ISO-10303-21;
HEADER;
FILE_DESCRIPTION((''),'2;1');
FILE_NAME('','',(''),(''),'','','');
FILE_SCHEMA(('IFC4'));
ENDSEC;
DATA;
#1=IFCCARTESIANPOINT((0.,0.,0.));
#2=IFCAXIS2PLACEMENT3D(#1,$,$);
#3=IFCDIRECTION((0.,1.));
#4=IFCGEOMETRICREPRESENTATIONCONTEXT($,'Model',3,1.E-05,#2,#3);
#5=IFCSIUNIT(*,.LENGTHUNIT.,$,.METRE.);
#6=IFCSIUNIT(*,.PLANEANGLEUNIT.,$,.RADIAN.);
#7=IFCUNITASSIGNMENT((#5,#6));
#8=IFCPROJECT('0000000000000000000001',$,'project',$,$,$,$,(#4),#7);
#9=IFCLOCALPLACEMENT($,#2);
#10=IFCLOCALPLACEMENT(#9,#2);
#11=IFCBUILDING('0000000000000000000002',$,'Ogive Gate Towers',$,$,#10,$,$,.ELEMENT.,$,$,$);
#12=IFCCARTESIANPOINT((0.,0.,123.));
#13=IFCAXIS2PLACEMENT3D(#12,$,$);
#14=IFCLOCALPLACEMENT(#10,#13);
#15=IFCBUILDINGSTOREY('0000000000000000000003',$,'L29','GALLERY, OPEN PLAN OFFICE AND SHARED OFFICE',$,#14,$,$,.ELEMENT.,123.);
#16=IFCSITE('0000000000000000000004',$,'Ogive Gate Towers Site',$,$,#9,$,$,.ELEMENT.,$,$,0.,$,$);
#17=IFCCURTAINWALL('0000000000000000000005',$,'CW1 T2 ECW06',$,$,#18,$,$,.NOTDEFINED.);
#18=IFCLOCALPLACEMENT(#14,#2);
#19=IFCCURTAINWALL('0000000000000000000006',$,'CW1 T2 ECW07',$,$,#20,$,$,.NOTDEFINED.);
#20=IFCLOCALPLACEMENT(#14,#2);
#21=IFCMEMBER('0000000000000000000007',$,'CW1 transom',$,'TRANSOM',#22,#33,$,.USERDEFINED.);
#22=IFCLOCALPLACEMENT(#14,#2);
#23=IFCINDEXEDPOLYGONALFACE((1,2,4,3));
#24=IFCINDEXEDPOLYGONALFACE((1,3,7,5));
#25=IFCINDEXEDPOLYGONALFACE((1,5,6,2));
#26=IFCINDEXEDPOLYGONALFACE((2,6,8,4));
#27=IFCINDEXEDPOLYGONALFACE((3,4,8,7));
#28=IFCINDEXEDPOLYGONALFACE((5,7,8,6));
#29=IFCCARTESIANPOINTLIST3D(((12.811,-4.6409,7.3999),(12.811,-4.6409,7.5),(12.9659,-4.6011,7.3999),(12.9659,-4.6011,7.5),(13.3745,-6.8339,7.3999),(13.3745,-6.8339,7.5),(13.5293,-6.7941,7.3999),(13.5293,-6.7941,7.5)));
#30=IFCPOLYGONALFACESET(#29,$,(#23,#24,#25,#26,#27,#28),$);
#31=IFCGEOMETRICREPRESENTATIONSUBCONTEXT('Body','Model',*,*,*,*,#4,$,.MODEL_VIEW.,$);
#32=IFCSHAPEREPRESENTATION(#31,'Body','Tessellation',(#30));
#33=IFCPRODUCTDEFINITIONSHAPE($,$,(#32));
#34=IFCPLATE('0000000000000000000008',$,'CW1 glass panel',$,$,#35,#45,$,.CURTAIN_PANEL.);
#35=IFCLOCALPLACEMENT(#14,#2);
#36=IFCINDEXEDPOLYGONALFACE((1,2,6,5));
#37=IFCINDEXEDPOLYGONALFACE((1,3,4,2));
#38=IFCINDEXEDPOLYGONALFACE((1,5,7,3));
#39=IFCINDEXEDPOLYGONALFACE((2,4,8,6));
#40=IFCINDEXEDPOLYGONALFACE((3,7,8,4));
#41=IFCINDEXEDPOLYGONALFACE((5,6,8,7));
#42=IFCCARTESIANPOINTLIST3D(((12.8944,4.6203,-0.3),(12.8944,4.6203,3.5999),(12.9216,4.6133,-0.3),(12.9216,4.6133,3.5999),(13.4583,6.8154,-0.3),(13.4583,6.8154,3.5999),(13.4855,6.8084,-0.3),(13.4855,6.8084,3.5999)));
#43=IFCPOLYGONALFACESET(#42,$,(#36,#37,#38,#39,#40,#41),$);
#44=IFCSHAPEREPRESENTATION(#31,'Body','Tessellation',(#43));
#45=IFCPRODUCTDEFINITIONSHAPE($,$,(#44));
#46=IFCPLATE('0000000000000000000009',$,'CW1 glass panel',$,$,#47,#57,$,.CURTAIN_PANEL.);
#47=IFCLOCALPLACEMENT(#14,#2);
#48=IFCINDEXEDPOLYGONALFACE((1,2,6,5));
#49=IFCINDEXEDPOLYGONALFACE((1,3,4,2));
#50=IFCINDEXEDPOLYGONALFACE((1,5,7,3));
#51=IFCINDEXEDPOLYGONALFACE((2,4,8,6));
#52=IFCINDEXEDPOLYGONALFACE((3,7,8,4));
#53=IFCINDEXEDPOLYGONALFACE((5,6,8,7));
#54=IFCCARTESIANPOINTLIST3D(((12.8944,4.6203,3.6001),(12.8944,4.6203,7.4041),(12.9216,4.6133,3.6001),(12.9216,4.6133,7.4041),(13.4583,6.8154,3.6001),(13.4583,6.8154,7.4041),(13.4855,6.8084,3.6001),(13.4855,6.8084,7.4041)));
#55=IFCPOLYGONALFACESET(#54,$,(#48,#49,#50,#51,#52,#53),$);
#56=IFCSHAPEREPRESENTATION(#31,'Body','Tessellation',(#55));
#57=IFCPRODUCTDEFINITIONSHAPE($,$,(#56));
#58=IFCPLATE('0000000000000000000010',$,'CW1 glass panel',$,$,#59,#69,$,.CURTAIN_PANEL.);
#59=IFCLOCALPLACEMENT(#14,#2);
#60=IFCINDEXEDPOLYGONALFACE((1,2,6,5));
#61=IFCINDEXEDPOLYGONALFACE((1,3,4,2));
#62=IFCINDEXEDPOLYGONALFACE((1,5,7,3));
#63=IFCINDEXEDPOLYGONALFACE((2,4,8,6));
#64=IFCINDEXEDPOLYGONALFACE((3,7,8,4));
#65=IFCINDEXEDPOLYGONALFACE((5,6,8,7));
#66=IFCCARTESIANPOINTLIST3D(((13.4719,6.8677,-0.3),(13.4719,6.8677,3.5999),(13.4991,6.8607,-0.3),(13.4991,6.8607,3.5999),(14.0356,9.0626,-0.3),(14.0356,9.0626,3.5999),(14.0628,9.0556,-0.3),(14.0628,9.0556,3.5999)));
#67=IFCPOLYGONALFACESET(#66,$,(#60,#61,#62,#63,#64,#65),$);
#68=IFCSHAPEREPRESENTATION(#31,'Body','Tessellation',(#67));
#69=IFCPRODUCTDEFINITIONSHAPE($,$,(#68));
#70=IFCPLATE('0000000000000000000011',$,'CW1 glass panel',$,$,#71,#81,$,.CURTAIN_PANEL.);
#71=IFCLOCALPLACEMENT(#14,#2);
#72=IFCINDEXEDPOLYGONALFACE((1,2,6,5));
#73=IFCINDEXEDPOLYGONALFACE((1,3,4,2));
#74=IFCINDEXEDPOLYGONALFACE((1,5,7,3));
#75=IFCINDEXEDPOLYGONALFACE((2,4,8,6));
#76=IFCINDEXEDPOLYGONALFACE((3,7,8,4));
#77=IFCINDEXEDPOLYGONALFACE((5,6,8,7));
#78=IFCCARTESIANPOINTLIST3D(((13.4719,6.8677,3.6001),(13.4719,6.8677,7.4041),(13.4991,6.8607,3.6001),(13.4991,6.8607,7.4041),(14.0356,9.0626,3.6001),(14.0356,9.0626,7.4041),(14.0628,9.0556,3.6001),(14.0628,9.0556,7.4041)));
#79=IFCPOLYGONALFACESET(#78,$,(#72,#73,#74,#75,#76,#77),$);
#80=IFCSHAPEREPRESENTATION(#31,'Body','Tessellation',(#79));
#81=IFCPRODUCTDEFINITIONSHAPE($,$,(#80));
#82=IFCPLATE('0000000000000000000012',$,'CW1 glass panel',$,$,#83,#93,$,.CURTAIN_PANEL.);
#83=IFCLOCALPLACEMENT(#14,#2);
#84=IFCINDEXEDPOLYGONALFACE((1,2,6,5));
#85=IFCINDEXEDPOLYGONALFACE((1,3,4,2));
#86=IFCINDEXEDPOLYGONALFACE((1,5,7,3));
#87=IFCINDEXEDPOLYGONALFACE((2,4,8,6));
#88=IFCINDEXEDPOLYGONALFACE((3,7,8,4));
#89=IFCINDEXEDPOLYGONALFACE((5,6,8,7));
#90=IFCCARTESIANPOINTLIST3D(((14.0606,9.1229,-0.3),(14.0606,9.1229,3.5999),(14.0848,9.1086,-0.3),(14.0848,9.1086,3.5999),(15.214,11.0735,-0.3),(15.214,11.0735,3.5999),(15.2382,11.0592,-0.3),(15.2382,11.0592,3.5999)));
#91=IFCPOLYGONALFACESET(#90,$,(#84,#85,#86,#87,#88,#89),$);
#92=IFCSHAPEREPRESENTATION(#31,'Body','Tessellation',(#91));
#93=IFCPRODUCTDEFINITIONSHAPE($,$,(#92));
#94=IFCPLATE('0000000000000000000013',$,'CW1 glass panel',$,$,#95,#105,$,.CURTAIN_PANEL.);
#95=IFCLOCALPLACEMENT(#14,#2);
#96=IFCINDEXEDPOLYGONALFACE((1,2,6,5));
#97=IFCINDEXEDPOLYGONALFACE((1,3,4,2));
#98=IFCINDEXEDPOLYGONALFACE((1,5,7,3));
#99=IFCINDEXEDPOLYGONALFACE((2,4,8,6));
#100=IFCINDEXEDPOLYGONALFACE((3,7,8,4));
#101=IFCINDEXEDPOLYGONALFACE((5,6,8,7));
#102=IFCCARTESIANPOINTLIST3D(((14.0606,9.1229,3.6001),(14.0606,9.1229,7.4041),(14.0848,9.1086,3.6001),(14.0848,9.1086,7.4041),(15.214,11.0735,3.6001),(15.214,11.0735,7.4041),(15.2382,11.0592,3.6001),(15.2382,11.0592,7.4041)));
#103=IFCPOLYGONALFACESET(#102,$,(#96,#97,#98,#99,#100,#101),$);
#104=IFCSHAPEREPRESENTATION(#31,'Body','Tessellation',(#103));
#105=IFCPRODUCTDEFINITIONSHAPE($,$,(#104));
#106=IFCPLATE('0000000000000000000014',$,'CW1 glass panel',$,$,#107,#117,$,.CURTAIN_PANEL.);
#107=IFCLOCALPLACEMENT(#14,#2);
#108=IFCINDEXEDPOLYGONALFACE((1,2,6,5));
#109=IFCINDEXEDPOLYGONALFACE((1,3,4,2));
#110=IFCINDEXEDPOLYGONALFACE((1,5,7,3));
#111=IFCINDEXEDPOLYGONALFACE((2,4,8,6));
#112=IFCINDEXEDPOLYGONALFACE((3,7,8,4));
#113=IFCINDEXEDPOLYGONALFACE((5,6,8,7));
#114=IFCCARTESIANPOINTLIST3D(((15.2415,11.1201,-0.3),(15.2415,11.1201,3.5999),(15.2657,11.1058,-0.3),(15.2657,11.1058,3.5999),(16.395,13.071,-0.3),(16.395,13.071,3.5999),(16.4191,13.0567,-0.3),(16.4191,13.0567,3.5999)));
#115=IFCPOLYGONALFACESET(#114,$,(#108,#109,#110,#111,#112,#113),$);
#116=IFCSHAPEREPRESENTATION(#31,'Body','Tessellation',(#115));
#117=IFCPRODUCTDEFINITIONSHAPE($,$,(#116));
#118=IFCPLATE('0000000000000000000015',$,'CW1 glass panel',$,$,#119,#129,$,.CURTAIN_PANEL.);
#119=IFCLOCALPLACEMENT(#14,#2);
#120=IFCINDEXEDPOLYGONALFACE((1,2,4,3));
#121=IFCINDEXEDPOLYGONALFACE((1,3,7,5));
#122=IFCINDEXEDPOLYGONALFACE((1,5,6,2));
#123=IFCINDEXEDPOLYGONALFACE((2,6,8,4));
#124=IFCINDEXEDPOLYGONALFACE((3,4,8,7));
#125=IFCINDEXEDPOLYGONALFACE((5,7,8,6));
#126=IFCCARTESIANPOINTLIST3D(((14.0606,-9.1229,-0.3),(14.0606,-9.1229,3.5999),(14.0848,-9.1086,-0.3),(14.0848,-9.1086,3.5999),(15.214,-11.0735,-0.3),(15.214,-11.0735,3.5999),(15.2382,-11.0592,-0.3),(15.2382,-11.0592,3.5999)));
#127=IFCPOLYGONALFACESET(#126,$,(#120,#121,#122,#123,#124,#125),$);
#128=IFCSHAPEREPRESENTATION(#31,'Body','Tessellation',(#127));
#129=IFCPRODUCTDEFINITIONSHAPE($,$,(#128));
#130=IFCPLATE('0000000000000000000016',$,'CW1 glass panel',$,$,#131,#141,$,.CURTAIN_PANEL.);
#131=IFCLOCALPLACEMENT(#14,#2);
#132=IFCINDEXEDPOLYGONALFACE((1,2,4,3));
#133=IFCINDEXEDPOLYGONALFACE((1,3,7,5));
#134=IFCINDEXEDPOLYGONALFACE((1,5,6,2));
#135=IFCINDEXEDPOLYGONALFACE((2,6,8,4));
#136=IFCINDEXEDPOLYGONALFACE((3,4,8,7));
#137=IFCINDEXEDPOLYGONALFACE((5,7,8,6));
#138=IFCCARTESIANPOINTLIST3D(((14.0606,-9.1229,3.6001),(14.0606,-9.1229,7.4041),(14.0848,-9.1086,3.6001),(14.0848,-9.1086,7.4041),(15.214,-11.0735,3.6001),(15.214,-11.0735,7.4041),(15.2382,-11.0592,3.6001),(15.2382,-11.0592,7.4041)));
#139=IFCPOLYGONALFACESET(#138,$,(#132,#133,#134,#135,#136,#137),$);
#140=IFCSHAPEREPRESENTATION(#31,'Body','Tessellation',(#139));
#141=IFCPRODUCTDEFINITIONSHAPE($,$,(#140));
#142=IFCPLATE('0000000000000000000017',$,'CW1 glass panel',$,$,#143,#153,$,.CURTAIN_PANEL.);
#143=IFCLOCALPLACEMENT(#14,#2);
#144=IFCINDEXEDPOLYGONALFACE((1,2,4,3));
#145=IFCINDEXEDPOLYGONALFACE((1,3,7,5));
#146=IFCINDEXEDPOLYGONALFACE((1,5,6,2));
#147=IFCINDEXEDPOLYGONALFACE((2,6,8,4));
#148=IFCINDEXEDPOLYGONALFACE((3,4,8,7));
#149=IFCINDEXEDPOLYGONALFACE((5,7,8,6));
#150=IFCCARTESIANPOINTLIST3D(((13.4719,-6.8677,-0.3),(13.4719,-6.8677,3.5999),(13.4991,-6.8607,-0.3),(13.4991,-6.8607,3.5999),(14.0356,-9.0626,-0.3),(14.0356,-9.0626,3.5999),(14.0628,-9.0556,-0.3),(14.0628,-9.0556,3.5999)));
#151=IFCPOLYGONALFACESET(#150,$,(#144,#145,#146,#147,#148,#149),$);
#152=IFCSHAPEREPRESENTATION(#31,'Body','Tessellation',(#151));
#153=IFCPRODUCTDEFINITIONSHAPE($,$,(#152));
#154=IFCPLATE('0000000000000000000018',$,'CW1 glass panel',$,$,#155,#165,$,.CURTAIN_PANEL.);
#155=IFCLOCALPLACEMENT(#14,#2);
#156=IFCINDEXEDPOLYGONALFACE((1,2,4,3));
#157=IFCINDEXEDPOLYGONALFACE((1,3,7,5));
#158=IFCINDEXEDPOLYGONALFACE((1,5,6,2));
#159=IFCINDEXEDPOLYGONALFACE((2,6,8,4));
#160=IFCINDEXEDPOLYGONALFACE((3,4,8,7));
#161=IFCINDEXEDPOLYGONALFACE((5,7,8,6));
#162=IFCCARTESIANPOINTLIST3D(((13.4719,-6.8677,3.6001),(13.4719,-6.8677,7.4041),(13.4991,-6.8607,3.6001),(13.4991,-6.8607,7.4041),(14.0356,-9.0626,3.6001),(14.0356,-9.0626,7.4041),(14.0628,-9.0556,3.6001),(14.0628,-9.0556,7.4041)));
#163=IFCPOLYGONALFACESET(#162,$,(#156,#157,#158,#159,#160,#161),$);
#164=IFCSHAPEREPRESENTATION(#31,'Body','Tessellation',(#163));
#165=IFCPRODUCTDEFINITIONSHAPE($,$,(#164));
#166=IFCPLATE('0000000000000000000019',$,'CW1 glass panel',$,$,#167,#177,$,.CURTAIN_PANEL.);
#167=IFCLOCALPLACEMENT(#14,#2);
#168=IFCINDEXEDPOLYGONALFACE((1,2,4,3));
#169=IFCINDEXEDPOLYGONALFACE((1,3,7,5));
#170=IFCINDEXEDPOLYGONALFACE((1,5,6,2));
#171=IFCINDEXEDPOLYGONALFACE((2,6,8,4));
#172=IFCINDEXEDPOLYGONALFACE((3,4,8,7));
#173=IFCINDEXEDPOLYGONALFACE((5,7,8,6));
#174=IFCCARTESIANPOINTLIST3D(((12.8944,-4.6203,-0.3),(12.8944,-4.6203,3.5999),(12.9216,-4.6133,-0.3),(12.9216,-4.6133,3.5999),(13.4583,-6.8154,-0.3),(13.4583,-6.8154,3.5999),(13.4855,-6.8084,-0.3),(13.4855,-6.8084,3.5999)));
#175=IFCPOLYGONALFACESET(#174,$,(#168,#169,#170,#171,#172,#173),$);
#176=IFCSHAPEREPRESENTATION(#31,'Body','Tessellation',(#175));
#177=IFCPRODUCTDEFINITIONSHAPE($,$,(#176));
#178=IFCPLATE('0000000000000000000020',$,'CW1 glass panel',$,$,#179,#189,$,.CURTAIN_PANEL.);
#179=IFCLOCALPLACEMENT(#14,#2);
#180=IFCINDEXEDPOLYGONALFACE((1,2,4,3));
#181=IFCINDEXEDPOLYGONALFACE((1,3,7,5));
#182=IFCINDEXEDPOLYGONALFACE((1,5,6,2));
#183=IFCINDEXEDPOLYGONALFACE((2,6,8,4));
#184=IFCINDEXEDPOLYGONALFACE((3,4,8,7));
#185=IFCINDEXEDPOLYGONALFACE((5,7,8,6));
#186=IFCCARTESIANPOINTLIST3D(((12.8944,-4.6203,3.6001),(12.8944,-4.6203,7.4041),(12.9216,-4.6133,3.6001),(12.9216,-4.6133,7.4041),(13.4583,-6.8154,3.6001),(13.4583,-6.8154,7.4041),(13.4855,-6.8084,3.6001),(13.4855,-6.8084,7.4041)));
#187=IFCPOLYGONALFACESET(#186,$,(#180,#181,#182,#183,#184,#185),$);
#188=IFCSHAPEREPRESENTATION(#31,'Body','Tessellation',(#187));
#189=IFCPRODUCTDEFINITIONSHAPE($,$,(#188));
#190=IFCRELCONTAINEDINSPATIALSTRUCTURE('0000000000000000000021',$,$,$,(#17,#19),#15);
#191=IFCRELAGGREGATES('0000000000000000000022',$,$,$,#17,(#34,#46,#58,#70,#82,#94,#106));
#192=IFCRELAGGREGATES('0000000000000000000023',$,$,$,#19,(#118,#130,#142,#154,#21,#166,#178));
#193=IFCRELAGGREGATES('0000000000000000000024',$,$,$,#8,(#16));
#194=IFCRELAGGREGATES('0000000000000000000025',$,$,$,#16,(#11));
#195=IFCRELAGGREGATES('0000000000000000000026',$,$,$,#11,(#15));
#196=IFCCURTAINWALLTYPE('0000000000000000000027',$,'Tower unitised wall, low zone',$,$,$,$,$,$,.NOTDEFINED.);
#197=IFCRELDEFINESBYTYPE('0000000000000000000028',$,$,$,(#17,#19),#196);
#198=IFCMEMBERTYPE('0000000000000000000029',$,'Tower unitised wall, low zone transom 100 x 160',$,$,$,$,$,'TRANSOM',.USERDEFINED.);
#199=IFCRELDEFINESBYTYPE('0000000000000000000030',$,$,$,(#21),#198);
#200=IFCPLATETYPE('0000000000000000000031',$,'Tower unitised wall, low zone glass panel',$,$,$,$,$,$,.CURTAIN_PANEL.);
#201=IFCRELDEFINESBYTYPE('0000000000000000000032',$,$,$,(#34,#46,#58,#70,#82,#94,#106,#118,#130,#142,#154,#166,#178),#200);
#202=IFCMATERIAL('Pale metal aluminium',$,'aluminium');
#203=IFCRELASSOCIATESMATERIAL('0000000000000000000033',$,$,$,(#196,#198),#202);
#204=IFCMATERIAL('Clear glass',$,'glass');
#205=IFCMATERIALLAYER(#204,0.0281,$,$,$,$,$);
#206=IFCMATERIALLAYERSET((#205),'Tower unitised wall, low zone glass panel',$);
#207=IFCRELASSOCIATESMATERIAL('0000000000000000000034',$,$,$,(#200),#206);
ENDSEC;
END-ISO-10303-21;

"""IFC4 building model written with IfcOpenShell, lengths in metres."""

from ifc_helpers import new_model, si_unit, direction, frame, origin, origin_2d, place, context, subcontext, project, spatial, rectangle, extrude, material, layer, layer_set, material_profile, profile_set, type_object, element, aggregate, save


model = new_model("IFC4")

# Units and contexts
model_context = context("Model", 3, precision=1e-05, world=origin(), true_north=direction((0.0, 1.0)))
body_context = subcontext(model_context, "Body", "Model", "MODEL_VIEW")
ifc_project = project(units=[si_unit("LENGTHUNIT", "METRE"), si_unit("PLANEANGLEUNIT", "RADIAN")], contexts=[model_context])

# Site, building, storey
site_placement = place(None, origin())
site = spatial("IfcSite", under=ifc_project, at=site_placement, Name="Ogive Gate Towers Site", CompositionType="ELEMENT", RefElevation=0.0)
building_placement = place(site_placement, origin())
building = spatial("IfcBuilding", under=site, at=building_placement, Name="Ogive Gate Towers", CompositionType="ELEMENT")
storey_placement = place(building_placement, frame((0.0, 0.0, 123.0)))
storey = spatial("IfcBuildingStorey", under=building, at=storey_placement, Name="L29", Description="GALLERY, OPEN PLAN OFFICE AND SHARED OFFICE", CompositionType="ELEMENT", Elevation=123.0)

# Curtain walls
ifc_material_1 = material(Name="Pale metal aluminium", Category="aluminium")
curtain_wall_type = type_object("IfcCurtainWallType", Name="Tower unitised wall, low zone", PredefinedType="NOTDEFINED", material=ifc_material_1)
curtain_wall_1_placement = place(storey_placement, origin())
curtain_wall_1 = element("IfcCurtainWall", 1, at=curtain_wall_1_placement, inside=storey, type_object=curtain_wall_type, Name="CW1 T2 ECW06", PredefinedType="NOTDEFINED")
curtain_wall_2_placement = place(storey_placement, origin())
curtain_wall_2 = element("IfcCurtainWall", 2, at=curtain_wall_2_placement, inside=storey, type_object=curtain_wall_type, Name="CW1 T2 ECW07", PredefinedType="NOTDEFINED")

# Member
ifc_material_profile_1 = material_profile(ifc_material_1, rectangle(XDim=0.1599, YDim=0.1001, at=origin_2d()), Name="100 x 160 aluminium box")
ifc_profile_set_1 = profile_set([ifc_material_profile_1], Name="Pale metal aluminium")
member_type_1 = type_object("IfcMemberType", Name="Tower unitised wall, low zone transom 100 x 160", ElementType="TRANSOM", PredefinedType="USERDEFINED", material=ifc_profile_set_1)
member_1_placement = place(storey_placement, frame((13.4519, -6.814, 7.45), z_axis=(-0.248873, 0.968536, 0.0), x_axis=(-0.968536, -0.248873, 0.0)))
member_1 = element("IfcMember", 3, at=member_1_placement, type_object=member_type_1, Name="CW1 transom", ObjectType="TRANSOM", PredefinedType="USERDEFINED", context=body_context, shape_type="SweptSolid", body=[
    extrude(rectangle(XDim=0.1599, YDim=0.1001, at=origin_2d()), origin(), (0.0, 0.0, 1.0), 2.2642),
])

# Plates
ifc_material_2 = material(Name="Clear glass", Category="glass")
ifc_layer_1 = layer(ifc_material_2, 0.0281)
ifc_layer_set_1 = layer_set([ifc_layer_1], Name="Tower unitised wall, low zone glass panel")
plate_type = type_object("IfcPlateType", Name="Tower unitised wall, low zone glass panel", PredefinedType="CURTAIN_PANEL", material=ifc_layer_set_1)
plate_1_placement = place(storey_placement, frame((13.1899, 5.7144, -0.3), z_axis=(0.0, 0.0, 1.0), x_axis=(0.248825, 0.968548, 0.0)))
plate_1 = element("IfcPlate", 4, at=plate_1_placement, type_object=plate_type, Name="CW1 glass panel", PredefinedType="CURTAIN_PANEL", context=body_context, shape_type="SweptSolid", body=[
    extrude(rectangle(XDim=2.2664, YDim=0.0281, at=origin_2d()), origin(), (0.0, 0.0, 1.0), 3.8999),
])
plate_2_placement = place(storey_placement, frame((13.1899, 5.7144, 3.6001), z_axis=(0.0, 0.0, 1.0), x_axis=(0.248825, 0.968548, 0.0)))
plate_2 = element("IfcPlate", 5, at=plate_2_placement, type_object=plate_type, Name="CW1 glass panel", PredefinedType="CURTAIN_PANEL", context=body_context, shape_type="SweptSolid", body=[
    extrude(rectangle(XDim=2.2664, YDim=0.0281, at=origin_2d()), origin(), (0.0, 0.0, 1.0), 3.804),
])
plate_3_placement = place(storey_placement, frame((13.7673, 7.9617, -0.3), z_axis=(0.0, 0.0, 1.0), x_axis=(0.248774, 0.968561, 0.0)))
plate_3 = element("IfcPlate", 6, at=plate_3_placement, type_object=plate_type, Name="CW1 glass panel", PredefinedType="CURTAIN_PANEL", context=body_context, shape_type="SweptSolid", body=[
    extrude(rectangle(XDim=2.2661, YDim=0.0281, at=origin_2d()), origin(), (0.0, 0.0, 1.0), 3.8999),
])
plate_4_placement = place(storey_placement, frame((13.7673, 7.9617, 3.6001), z_axis=(0.0, 0.0, 1.0), x_axis=(0.248774, 0.968561, 0.0)))
plate_4 = element("IfcPlate", 7, at=plate_4_placement, type_object=plate_type, Name="CW1 glass panel", PredefinedType="CURTAIN_PANEL", context=body_context, shape_type="SweptSolid", body=[
    extrude(rectangle(XDim=2.2661, YDim=0.0281, at=origin_2d()), origin(), (0.0, 0.0, 1.0), 3.804),
])
plate_5_placement = place(storey_placement, frame((14.6494, 10.0911, -0.3), z_axis=(0.0, 0.0, 1.0), x_axis=(0.508966, 0.860786, 0.0)))
plate_5 = element("IfcPlate", 8, at=plate_5_placement, type_object=plate_type, Name="CW1 glass panel", PredefinedType="CURTAIN_PANEL", context=body_context, shape_type="SweptSolid", body=[
    extrude(rectangle(XDim=2.2661, YDim=0.0281, at=origin_2d()), origin(), (0.0, 0.0, 1.0), 3.8999),
])
plate_6_placement = place(storey_placement, frame((14.6494, 10.0911, 3.6001), z_axis=(0.0, 0.0, 1.0), x_axis=(0.508966, 0.860786, 0.0)))
plate_6 = element("IfcPlate", 9, at=plate_6_placement, type_object=plate_type, Name="CW1 glass panel", PredefinedType="CURTAIN_PANEL", context=body_context, shape_type="SweptSolid", body=[
    extrude(rectangle(XDim=2.2661, YDim=0.0281, at=origin_2d()), origin(), (0.0, 0.0, 1.0), 3.804),
])
plate_7_placement = place(storey_placement, frame((15.8303, 12.0884, -0.3), z_axis=(0.0, 0.0, 1.0), x_axis=(0.508936, 0.860804, 0.0)))
plate_7 = element("IfcPlate", 10, at=plate_7_placement, type_object=plate_type, Name="CW1 glass panel", PredefinedType="CURTAIN_PANEL", context=body_context, shape_type="SweptSolid", body=[
    extrude(rectangle(XDim=2.2664, YDim=0.0281, at=origin_2d()), origin(), (0.0, 0.0, 1.0), 3.8999),
])
aggregate(curtain_wall_1, [plate_1, plate_2, plate_3, plate_4, plate_5, plate_6, plate_7])
plate_8_placement = place(storey_placement, frame((14.6494, -10.0911, -0.3), z_axis=(0.0, 0.0, 1.0), x_axis=(-0.508966, 0.860786, 0.0)))
plate_8 = element("IfcPlate", 11, at=plate_8_placement, type_object=plate_type, Name="CW1 glass panel", PredefinedType="CURTAIN_PANEL", context=body_context, shape_type="SweptSolid", body=[
    extrude(rectangle(XDim=2.2661, YDim=0.0281, at=origin_2d()), origin(), (0.0, 0.0, 1.0), 3.8999),
])
plate_9_placement = place(storey_placement, frame((14.6494, -10.0911, 3.6001), z_axis=(0.0, 0.0, 1.0), x_axis=(-0.508966, 0.860786, 0.0)))
plate_9 = element("IfcPlate", 12, at=plate_9_placement, type_object=plate_type, Name="CW1 glass panel", PredefinedType="CURTAIN_PANEL", context=body_context, shape_type="SweptSolid", body=[
    extrude(rectangle(XDim=2.2661, YDim=0.0281, at=origin_2d()), origin(), (0.0, 0.0, 1.0), 3.804),
])
plate_10_placement = place(storey_placement, frame((13.7673, -7.9617, -0.3), z_axis=(0.0, 0.0, 1.0), x_axis=(-0.248774, 0.968561, 0.0)))
plate_10 = element("IfcPlate", 13, at=plate_10_placement, type_object=plate_type, Name="CW1 glass panel", PredefinedType="CURTAIN_PANEL", context=body_context, shape_type="SweptSolid", body=[
    extrude(rectangle(XDim=2.2661, YDim=0.0281, at=origin_2d()), origin(), (0.0, 0.0, 1.0), 3.8999),
])
plate_11_placement = place(storey_placement, frame((13.7673, -7.9617, 3.6001), z_axis=(0.0, 0.0, 1.0), x_axis=(-0.248774, 0.968561, 0.0)))
plate_11 = element("IfcPlate", 14, at=plate_11_placement, type_object=plate_type, Name="CW1 glass panel", PredefinedType="CURTAIN_PANEL", context=body_context, shape_type="SweptSolid", body=[
    extrude(rectangle(XDim=2.2661, YDim=0.0281, at=origin_2d()), origin(), (0.0, 0.0, 1.0), 3.804),
])
plate_12_placement = place(storey_placement, frame((13.1899, -5.7144, -0.3), z_axis=(0.0, 0.0, 1.0), x_axis=(-0.248825, 0.968548, 0.0)))
plate_12 = element("IfcPlate", 15, at=plate_12_placement, type_object=plate_type, Name="CW1 glass panel", PredefinedType="CURTAIN_PANEL", context=body_context, shape_type="SweptSolid", body=[
    extrude(rectangle(XDim=2.2664, YDim=0.0281, at=origin_2d()), origin(), (0.0, 0.0, 1.0), 3.8999),
])
plate_13_placement = place(storey_placement, frame((13.1899, -5.7144, 3.6001), z_axis=(0.0, 0.0, 1.0), x_axis=(-0.248825, 0.968548, 0.0)))
plate_13 = element("IfcPlate", 16, at=plate_13_placement, type_object=plate_type, Name="CW1 glass panel", PredefinedType="CURTAIN_PANEL", context=body_context, shape_type="SweptSolid", body=[
    extrude(rectangle(XDim=2.2664, YDim=0.0281, at=origin_2d()), origin(), (0.0, 0.0, 1.0), 3.804),
])
aggregate(curtain_wall_2, [plate_8, plate_9, plate_10, plate_11, member_1, plate_12, plate_13])

save(model, "model.ifc")
